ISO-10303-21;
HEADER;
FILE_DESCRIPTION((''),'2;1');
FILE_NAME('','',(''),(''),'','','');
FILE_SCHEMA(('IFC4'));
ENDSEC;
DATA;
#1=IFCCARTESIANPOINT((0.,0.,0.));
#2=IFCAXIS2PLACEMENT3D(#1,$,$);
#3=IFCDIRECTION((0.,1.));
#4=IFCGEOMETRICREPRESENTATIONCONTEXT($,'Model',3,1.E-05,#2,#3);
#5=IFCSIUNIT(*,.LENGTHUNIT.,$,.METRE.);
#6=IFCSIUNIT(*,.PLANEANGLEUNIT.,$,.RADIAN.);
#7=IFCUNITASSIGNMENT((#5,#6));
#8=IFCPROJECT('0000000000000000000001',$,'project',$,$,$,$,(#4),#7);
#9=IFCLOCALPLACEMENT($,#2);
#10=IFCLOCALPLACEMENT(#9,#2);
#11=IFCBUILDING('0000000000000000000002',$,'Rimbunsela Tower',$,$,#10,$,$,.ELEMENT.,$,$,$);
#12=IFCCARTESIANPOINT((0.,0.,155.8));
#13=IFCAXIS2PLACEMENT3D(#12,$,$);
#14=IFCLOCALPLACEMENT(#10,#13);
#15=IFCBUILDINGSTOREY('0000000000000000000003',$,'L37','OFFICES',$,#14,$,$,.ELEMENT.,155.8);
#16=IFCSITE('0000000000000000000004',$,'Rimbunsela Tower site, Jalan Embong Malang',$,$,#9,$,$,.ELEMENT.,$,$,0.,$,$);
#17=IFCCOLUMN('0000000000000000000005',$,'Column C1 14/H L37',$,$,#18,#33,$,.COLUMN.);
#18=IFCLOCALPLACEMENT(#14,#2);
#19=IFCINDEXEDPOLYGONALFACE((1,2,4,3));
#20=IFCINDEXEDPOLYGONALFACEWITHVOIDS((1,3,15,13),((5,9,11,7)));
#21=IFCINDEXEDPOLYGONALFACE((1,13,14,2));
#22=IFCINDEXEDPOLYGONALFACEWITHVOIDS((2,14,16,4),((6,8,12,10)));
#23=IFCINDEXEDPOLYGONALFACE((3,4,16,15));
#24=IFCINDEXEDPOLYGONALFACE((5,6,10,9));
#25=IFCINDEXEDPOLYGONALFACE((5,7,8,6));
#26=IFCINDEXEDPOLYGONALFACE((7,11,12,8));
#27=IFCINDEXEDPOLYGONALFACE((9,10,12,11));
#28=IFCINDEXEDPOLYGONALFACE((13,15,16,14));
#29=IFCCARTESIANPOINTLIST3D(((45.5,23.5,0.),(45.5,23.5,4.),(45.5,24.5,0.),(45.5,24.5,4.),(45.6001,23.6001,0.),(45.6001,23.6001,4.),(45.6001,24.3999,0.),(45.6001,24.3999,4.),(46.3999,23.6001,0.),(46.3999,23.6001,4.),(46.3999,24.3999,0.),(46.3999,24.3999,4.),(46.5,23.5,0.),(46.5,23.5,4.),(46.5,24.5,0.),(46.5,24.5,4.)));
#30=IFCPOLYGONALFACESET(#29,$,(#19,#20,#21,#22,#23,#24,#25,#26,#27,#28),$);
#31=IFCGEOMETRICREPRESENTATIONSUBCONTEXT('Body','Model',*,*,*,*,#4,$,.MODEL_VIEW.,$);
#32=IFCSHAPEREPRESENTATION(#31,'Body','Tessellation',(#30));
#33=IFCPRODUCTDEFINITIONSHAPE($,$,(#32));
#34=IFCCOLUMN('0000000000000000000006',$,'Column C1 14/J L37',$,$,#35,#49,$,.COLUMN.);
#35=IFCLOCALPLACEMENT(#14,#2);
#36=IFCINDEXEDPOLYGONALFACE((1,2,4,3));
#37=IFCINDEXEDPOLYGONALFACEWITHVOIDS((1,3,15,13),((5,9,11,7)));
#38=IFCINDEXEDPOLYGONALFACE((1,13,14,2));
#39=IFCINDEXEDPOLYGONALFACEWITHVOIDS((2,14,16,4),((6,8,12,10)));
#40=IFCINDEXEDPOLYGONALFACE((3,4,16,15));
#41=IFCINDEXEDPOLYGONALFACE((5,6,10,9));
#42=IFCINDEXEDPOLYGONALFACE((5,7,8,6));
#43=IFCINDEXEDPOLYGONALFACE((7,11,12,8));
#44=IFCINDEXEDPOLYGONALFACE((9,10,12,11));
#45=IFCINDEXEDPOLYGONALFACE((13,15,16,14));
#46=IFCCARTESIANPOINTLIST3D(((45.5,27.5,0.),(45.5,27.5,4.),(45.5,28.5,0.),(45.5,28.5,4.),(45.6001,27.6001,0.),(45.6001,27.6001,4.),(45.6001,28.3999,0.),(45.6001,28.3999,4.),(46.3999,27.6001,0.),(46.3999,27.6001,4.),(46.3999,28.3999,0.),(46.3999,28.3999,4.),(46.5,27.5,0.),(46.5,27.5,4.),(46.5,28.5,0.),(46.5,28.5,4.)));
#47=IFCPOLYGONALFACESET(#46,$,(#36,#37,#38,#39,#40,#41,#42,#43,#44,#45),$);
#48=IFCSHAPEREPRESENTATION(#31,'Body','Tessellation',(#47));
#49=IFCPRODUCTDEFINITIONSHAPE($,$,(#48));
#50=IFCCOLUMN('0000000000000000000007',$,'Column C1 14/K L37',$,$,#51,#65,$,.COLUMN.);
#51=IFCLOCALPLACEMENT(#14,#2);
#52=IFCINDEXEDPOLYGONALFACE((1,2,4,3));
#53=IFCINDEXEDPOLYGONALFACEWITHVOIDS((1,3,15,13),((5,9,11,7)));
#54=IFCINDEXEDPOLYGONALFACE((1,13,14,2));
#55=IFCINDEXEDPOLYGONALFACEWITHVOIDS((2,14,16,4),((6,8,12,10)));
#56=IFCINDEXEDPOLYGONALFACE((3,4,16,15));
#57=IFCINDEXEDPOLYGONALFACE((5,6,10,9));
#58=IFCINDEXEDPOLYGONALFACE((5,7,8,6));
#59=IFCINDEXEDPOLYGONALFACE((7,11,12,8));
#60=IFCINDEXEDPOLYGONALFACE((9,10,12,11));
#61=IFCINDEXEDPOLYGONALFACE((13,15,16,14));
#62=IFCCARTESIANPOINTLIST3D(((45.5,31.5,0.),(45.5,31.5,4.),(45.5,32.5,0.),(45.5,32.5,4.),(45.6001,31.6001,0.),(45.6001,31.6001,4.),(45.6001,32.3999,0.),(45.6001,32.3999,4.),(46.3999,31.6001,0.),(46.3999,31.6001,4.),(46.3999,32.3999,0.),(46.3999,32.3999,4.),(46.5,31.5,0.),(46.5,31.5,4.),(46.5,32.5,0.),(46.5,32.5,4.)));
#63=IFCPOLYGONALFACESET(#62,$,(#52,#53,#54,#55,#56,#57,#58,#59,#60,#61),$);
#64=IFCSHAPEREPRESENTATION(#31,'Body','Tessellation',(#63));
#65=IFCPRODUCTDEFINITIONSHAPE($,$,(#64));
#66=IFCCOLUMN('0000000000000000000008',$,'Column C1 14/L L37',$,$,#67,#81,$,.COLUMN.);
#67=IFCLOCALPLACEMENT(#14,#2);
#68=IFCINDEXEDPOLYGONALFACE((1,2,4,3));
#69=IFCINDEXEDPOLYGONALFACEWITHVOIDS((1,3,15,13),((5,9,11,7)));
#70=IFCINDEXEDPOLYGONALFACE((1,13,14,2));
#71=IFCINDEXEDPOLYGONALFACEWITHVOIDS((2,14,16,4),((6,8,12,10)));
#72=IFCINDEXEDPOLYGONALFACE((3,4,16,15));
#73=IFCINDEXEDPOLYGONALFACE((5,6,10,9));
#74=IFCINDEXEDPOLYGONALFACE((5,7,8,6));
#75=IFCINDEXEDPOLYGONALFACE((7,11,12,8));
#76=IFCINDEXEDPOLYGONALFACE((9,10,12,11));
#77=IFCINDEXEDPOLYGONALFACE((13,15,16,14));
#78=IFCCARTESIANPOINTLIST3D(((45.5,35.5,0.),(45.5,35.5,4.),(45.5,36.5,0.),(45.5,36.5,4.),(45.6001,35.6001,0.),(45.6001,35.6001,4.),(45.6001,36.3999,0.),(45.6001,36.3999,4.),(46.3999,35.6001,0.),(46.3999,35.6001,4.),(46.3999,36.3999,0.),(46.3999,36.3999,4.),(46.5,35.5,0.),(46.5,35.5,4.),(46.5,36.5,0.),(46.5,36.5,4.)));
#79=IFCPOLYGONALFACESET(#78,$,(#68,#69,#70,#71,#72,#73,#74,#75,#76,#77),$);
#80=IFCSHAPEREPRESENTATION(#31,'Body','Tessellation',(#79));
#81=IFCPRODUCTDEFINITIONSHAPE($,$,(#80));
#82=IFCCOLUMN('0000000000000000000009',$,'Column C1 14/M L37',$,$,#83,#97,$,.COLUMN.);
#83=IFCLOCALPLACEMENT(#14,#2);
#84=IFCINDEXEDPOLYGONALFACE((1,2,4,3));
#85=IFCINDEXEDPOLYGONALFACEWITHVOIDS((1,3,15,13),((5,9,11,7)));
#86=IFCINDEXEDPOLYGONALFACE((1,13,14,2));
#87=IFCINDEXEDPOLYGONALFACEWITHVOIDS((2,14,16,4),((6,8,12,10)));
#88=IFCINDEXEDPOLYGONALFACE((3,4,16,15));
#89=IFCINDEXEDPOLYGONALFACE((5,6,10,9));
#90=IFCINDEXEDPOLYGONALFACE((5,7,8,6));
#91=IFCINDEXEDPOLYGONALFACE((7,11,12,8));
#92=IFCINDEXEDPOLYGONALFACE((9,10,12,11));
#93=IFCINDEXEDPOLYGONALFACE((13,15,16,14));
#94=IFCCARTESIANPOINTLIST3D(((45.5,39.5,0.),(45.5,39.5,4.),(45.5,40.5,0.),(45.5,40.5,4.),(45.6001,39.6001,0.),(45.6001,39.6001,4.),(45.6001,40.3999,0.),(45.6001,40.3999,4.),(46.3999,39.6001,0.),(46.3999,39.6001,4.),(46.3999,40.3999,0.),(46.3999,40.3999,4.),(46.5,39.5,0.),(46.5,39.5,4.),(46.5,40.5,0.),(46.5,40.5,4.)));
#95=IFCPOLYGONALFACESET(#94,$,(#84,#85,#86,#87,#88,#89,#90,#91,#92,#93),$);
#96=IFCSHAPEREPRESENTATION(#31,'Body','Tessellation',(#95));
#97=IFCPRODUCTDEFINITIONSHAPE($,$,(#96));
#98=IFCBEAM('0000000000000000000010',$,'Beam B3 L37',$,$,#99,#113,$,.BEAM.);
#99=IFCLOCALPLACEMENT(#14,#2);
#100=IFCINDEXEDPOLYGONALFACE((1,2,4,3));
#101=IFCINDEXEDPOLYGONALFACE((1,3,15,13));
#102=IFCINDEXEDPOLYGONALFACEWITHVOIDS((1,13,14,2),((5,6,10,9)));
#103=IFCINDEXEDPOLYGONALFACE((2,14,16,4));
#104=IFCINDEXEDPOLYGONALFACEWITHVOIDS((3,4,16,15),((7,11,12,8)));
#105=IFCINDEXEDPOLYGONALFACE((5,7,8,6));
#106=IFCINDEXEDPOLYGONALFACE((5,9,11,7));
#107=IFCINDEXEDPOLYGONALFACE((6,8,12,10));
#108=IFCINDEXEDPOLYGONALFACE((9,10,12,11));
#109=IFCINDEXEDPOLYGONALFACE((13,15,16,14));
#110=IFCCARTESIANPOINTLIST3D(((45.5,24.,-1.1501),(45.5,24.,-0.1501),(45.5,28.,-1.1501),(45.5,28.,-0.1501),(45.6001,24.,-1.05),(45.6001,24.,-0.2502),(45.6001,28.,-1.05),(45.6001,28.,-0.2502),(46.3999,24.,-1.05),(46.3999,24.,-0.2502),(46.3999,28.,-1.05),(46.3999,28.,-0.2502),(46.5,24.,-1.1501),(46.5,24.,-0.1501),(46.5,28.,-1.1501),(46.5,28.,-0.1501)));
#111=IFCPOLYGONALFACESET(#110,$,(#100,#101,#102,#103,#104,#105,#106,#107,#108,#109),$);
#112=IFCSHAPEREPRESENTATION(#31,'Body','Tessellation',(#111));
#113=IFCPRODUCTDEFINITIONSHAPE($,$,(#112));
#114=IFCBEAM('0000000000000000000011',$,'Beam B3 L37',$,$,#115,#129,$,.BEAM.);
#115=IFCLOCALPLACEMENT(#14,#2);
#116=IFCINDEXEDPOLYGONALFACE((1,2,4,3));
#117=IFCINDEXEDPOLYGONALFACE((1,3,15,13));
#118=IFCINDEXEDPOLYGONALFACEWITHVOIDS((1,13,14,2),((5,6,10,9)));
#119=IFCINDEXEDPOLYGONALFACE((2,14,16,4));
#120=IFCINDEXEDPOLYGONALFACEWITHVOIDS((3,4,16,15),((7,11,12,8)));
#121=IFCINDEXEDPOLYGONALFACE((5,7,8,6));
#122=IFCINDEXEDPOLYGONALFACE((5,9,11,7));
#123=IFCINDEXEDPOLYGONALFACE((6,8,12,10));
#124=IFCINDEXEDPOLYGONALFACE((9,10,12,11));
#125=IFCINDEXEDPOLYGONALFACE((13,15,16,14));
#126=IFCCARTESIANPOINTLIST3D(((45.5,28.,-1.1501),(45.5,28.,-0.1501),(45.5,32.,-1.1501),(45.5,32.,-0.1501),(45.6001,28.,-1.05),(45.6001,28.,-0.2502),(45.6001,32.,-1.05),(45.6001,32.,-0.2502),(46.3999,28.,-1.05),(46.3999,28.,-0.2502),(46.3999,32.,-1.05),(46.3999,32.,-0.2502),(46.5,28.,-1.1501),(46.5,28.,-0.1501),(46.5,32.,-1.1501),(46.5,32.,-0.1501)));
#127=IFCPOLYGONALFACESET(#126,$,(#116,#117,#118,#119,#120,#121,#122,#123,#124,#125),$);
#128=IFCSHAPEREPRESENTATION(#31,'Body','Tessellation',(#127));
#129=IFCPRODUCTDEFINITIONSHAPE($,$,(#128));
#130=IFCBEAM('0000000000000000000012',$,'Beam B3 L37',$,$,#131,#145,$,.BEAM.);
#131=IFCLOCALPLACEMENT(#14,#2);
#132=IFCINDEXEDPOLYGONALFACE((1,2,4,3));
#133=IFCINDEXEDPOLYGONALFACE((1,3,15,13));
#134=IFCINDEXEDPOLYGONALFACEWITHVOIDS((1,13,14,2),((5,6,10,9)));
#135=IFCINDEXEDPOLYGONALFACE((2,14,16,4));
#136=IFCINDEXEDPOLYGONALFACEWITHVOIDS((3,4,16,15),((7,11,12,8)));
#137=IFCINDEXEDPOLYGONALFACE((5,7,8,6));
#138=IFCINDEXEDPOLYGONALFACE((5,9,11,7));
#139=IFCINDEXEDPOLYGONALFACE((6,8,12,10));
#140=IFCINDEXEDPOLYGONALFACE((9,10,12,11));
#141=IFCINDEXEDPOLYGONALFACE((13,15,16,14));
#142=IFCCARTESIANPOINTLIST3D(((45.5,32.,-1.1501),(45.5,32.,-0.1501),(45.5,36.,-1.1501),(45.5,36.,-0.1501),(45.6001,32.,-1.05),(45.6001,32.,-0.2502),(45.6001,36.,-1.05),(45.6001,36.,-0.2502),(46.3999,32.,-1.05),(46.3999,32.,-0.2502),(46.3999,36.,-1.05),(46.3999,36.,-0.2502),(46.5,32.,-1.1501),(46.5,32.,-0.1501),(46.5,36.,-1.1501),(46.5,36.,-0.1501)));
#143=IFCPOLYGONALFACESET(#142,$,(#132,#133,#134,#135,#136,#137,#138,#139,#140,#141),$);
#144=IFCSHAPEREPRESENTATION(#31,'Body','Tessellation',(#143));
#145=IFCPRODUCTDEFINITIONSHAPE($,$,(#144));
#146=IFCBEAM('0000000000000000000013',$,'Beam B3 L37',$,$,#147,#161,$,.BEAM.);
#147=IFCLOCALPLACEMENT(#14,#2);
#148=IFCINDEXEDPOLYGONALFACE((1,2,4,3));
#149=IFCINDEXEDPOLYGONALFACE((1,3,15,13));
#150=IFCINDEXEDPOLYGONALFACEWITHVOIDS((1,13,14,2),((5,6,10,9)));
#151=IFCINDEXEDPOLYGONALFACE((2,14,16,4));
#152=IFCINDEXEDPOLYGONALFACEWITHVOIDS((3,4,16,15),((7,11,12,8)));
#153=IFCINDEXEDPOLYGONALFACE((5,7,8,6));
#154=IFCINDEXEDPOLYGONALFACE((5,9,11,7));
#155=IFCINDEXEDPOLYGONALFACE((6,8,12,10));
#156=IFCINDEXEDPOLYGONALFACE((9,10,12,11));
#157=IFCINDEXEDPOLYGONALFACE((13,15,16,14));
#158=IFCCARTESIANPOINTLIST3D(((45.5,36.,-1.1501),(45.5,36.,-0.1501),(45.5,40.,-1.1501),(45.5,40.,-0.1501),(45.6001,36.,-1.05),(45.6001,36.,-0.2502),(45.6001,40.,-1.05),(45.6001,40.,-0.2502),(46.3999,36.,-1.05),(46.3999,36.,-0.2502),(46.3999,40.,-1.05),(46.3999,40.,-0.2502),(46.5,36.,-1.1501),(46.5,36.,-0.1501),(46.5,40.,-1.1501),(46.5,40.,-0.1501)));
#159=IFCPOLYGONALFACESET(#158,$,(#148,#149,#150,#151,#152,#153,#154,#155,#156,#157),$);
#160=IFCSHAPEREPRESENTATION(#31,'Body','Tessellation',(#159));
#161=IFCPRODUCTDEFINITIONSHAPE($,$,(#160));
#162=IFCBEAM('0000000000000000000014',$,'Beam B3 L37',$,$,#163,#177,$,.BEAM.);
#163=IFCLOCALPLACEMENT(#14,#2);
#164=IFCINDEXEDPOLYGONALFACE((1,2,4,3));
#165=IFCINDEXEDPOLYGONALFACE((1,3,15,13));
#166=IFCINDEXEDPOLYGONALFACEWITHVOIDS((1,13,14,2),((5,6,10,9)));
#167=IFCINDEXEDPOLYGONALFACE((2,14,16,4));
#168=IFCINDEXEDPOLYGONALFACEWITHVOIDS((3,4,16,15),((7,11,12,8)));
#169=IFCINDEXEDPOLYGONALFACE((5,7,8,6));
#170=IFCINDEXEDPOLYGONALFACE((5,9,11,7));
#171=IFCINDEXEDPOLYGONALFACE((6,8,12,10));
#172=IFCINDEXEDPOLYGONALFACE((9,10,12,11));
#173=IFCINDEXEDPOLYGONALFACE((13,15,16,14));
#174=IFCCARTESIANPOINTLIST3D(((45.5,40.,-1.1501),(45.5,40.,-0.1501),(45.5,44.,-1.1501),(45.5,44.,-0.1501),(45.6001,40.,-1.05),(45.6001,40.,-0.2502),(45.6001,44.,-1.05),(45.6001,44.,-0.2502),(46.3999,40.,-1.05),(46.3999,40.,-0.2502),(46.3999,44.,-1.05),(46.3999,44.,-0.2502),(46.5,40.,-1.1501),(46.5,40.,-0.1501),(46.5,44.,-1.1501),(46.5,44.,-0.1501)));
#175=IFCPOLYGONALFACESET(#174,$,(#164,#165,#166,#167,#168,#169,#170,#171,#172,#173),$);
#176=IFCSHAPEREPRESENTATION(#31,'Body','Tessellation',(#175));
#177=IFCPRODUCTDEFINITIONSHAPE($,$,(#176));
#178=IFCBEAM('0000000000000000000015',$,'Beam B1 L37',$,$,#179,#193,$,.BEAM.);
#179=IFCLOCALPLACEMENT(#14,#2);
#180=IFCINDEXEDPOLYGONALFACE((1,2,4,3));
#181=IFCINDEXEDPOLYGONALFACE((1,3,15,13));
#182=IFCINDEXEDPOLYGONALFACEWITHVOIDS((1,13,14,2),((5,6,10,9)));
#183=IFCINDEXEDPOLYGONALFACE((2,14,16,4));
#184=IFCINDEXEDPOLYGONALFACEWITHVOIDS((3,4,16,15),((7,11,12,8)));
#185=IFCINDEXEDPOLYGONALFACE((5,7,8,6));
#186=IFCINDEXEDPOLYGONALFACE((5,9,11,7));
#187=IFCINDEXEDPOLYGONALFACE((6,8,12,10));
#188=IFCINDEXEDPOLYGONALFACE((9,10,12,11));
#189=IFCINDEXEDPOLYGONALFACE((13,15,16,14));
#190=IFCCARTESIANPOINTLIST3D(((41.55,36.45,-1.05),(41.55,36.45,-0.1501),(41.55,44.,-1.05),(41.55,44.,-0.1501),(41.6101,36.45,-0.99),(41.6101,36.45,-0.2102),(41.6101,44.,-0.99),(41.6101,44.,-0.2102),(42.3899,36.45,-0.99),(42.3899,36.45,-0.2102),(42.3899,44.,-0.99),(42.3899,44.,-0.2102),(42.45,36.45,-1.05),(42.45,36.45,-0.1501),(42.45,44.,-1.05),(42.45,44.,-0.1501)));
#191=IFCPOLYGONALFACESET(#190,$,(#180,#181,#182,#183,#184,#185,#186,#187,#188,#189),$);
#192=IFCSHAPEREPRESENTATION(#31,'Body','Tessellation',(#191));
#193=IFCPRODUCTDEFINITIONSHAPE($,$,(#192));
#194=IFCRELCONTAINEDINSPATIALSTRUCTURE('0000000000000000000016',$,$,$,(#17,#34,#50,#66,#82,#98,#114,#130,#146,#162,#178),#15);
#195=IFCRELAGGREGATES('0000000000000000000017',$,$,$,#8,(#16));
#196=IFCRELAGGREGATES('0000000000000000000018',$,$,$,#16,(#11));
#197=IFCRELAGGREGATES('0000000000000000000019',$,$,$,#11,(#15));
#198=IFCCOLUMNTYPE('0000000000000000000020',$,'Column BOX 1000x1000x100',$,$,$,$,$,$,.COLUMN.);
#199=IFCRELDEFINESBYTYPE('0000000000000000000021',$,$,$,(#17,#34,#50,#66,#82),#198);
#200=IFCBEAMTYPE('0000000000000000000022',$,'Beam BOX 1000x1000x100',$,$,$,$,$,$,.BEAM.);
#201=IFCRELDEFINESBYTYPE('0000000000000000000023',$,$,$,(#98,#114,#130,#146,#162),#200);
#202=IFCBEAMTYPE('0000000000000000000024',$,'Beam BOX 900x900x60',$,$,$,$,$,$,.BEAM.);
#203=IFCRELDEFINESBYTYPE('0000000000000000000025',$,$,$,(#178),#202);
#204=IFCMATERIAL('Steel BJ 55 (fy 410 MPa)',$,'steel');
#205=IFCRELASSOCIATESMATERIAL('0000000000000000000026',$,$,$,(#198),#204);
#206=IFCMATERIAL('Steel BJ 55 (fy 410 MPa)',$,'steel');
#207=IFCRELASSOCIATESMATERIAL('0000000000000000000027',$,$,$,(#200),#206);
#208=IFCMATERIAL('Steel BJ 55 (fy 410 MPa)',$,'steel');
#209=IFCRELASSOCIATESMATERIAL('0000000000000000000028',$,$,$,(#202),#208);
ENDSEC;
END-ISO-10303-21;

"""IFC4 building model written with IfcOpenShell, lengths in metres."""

from ifc_helpers import new_model, si_unit, direction, frame, origin, origin_2d, place, context, subcontext, project, spatial, hollow_rectangle, extrude, material, material_profile, profile_set, type_object, element, save


model = new_model("IFC4")

# Units and contexts
model_context = context("Model", 3, precision=1e-05, world=origin(), true_north=direction((0.0, 1.0)))
body_context = subcontext(model_context, "Body", "Model", "MODEL_VIEW")
ifc_project = project(units=[si_unit("LENGTHUNIT", "METRE"), si_unit("PLANEANGLEUNIT", "RADIAN")], contexts=[model_context])

# Site, building, storey
site_placement = place(None, origin())
site = spatial("IfcSite", under=ifc_project, at=site_placement, Name="Rimbunsela Tower site, Jalan Embong Malang", CompositionType="ELEMENT", RefElevation=0.0)
building_placement = place(site_placement, origin())
building = spatial("IfcBuilding", under=site, at=building_placement, Name="Rimbunsela Tower", CompositionType="ELEMENT")
storey_placement = place(building_placement, frame((0.0, 0.0, 155.8)))
storey = spatial("IfcBuildingStorey", under=building, at=storey_placement, Name="L37", Description="OFFICES", CompositionType="ELEMENT", Elevation=155.8)

# Columns
ifc_material_1 = material(Name="Steel BJ 55 (fy 410 MPa)", Category="steel")
ifc_material_profile_1 = material_profile(ifc_material_1, hollow_rectangle(XDim=1.0, YDim=1.0, WallThickness=0.1001, at=origin_2d()), Name="BOX 1000x1000x100")
ifc_profile_set_1 = profile_set([ifc_material_profile_1], Name="Steel BJ 55 (fy 410 MPa)")
column_type = type_object("IfcColumnType", Name="Column BOX 1000x1000x100", PredefinedType="COLUMN", material=ifc_profile_set_1)
for number, where, z_axis, x_axis, name in (
    (1, (46.0, 24.0, 0.0), (0.0, 0.0, 1.0), (1.0, 0.0, 0.0), "Column C1 14/H L37"),
    (2, (46.0, 28.0, 0.0), (0.0, 0.0, 1.0), (1.0, 0.0, 0.0), "Column C1 14/J L37"),
    (3, (46.0, 32.0, 0.0), (0.0, 0.0, 1.0), (1.0, 0.0, 0.0), "Column C1 14/K L37"),
    (4, (46.0, 36.0, 0.0), (0.0, 0.0, 1.0), (1.0, 0.0, 0.0), "Column C1 14/L L37"),
    (5, (46.0, 40.0, 0.0), (0.0, 0.0, 1.0), (1.0, 0.0, 0.0), "Column C1 14/M L37"),
):
    element("IfcColumn", number, at=place(storey_placement, frame(where, z_axis=z_axis, x_axis=x_axis)), inside=storey, type_object=column_type, Name=name, PredefinedType="COLUMN", context=body_context, shape_type="SweptSolid", body=[
        extrude(hollow_rectangle(XDim=1.0, YDim=1.0, WallThickness=0.1001, at=origin_2d()), origin(), (0.0, 0.0, 1.0), 4.0),
    ])

# Beams
ifc_material_2 = material(Name="Steel BJ 55 (fy 410 MPa)", Category="steel")
ifc_material_profile_2 = material_profile(ifc_material_2, hollow_rectangle(XDim=1.0, YDim=1.0, WallThickness=0.1001, at=origin_2d()), Name="BOX 1000x1000x100")
ifc_profile_set_2 = profile_set([ifc_material_profile_2], Name="Steel BJ 55 (fy 410 MPa)")
beam_type_1 = type_object("IfcBeamType", Name="Beam BOX 1000x1000x100", PredefinedType="BEAM", material=ifc_profile_set_2)
for number, where, z_axis, x_axis, name in (
    (6, (46.0, 24.0, -0.6501), (0.0, 1.0, 0.0), (-1.0, 0.0, 0.0), "Beam B3 L37"),
    (7, (46.0, 28.0, -0.6501), (0.0, 1.0, 0.0), (-1.0, 0.0, 0.0), "Beam B3 L37"),
    (8, (46.0, 32.0, -0.6501), (0.0, 1.0, 0.0), (-1.0, 0.0, 0.0), "Beam B3 L37"),
    (9, (46.0, 36.0, -0.6501), (0.0, 1.0, 0.0), (-1.0, 0.0, 0.0), "Beam B3 L37"),
    (10, (46.0, 40.0, -0.6501), (0.0, 1.0, 0.0), (-1.0, 0.0, 0.0), "Beam B3 L37"),
):
    element("IfcBeam", number, at=place(storey_placement, frame(where, z_axis=z_axis, x_axis=x_axis)), inside=storey, type_object=beam_type_1, Name=name, PredefinedType="BEAM", context=body_context, shape_type="SweptSolid", body=[
        extrude(hollow_rectangle(XDim=1.0, YDim=1.0, WallThickness=0.1001, at=origin_2d()), origin(), (0.0, 0.0, 1.0), 4.0),
    ])
ifc_material_3 = material(Name="Steel BJ 55 (fy 410 MPa)", Category="steel")
ifc_material_profile_3 = material_profile(ifc_material_3, hollow_rectangle(XDim=0.8999, YDim=0.8999, WallThickness=0.0601, at=origin_2d()), Name="BOX 900x900x60")
ifc_profile_set_3 = profile_set([ifc_material_profile_3], Name="Steel BJ 55 (fy 410 MPa)")
beam_type_2 = type_object("IfcBeamType", Name="Beam BOX 900x900x60", PredefinedType="BEAM", material=ifc_profile_set_3)
beam_1_placement = place(storey_placement, frame((42.0, 36.45, -0.6001), z_axis=(0.0, 1.0, 0.0), x_axis=(-1.0, 0.0, 0.0)))
element("IfcBeam", 11, at=beam_1_placement, inside=storey, type_object=beam_type_2, Name="Beam B1 L37", PredefinedType="BEAM", context=body_context, shape_type="SweptSolid", body=[
    extrude(hollow_rectangle(XDim=0.8999, YDim=0.8999, WallThickness=0.0601, at=origin_2d()), origin(), (0.0, 0.0, 1.0), 7.55),
])

save(model, "model.ifc")
